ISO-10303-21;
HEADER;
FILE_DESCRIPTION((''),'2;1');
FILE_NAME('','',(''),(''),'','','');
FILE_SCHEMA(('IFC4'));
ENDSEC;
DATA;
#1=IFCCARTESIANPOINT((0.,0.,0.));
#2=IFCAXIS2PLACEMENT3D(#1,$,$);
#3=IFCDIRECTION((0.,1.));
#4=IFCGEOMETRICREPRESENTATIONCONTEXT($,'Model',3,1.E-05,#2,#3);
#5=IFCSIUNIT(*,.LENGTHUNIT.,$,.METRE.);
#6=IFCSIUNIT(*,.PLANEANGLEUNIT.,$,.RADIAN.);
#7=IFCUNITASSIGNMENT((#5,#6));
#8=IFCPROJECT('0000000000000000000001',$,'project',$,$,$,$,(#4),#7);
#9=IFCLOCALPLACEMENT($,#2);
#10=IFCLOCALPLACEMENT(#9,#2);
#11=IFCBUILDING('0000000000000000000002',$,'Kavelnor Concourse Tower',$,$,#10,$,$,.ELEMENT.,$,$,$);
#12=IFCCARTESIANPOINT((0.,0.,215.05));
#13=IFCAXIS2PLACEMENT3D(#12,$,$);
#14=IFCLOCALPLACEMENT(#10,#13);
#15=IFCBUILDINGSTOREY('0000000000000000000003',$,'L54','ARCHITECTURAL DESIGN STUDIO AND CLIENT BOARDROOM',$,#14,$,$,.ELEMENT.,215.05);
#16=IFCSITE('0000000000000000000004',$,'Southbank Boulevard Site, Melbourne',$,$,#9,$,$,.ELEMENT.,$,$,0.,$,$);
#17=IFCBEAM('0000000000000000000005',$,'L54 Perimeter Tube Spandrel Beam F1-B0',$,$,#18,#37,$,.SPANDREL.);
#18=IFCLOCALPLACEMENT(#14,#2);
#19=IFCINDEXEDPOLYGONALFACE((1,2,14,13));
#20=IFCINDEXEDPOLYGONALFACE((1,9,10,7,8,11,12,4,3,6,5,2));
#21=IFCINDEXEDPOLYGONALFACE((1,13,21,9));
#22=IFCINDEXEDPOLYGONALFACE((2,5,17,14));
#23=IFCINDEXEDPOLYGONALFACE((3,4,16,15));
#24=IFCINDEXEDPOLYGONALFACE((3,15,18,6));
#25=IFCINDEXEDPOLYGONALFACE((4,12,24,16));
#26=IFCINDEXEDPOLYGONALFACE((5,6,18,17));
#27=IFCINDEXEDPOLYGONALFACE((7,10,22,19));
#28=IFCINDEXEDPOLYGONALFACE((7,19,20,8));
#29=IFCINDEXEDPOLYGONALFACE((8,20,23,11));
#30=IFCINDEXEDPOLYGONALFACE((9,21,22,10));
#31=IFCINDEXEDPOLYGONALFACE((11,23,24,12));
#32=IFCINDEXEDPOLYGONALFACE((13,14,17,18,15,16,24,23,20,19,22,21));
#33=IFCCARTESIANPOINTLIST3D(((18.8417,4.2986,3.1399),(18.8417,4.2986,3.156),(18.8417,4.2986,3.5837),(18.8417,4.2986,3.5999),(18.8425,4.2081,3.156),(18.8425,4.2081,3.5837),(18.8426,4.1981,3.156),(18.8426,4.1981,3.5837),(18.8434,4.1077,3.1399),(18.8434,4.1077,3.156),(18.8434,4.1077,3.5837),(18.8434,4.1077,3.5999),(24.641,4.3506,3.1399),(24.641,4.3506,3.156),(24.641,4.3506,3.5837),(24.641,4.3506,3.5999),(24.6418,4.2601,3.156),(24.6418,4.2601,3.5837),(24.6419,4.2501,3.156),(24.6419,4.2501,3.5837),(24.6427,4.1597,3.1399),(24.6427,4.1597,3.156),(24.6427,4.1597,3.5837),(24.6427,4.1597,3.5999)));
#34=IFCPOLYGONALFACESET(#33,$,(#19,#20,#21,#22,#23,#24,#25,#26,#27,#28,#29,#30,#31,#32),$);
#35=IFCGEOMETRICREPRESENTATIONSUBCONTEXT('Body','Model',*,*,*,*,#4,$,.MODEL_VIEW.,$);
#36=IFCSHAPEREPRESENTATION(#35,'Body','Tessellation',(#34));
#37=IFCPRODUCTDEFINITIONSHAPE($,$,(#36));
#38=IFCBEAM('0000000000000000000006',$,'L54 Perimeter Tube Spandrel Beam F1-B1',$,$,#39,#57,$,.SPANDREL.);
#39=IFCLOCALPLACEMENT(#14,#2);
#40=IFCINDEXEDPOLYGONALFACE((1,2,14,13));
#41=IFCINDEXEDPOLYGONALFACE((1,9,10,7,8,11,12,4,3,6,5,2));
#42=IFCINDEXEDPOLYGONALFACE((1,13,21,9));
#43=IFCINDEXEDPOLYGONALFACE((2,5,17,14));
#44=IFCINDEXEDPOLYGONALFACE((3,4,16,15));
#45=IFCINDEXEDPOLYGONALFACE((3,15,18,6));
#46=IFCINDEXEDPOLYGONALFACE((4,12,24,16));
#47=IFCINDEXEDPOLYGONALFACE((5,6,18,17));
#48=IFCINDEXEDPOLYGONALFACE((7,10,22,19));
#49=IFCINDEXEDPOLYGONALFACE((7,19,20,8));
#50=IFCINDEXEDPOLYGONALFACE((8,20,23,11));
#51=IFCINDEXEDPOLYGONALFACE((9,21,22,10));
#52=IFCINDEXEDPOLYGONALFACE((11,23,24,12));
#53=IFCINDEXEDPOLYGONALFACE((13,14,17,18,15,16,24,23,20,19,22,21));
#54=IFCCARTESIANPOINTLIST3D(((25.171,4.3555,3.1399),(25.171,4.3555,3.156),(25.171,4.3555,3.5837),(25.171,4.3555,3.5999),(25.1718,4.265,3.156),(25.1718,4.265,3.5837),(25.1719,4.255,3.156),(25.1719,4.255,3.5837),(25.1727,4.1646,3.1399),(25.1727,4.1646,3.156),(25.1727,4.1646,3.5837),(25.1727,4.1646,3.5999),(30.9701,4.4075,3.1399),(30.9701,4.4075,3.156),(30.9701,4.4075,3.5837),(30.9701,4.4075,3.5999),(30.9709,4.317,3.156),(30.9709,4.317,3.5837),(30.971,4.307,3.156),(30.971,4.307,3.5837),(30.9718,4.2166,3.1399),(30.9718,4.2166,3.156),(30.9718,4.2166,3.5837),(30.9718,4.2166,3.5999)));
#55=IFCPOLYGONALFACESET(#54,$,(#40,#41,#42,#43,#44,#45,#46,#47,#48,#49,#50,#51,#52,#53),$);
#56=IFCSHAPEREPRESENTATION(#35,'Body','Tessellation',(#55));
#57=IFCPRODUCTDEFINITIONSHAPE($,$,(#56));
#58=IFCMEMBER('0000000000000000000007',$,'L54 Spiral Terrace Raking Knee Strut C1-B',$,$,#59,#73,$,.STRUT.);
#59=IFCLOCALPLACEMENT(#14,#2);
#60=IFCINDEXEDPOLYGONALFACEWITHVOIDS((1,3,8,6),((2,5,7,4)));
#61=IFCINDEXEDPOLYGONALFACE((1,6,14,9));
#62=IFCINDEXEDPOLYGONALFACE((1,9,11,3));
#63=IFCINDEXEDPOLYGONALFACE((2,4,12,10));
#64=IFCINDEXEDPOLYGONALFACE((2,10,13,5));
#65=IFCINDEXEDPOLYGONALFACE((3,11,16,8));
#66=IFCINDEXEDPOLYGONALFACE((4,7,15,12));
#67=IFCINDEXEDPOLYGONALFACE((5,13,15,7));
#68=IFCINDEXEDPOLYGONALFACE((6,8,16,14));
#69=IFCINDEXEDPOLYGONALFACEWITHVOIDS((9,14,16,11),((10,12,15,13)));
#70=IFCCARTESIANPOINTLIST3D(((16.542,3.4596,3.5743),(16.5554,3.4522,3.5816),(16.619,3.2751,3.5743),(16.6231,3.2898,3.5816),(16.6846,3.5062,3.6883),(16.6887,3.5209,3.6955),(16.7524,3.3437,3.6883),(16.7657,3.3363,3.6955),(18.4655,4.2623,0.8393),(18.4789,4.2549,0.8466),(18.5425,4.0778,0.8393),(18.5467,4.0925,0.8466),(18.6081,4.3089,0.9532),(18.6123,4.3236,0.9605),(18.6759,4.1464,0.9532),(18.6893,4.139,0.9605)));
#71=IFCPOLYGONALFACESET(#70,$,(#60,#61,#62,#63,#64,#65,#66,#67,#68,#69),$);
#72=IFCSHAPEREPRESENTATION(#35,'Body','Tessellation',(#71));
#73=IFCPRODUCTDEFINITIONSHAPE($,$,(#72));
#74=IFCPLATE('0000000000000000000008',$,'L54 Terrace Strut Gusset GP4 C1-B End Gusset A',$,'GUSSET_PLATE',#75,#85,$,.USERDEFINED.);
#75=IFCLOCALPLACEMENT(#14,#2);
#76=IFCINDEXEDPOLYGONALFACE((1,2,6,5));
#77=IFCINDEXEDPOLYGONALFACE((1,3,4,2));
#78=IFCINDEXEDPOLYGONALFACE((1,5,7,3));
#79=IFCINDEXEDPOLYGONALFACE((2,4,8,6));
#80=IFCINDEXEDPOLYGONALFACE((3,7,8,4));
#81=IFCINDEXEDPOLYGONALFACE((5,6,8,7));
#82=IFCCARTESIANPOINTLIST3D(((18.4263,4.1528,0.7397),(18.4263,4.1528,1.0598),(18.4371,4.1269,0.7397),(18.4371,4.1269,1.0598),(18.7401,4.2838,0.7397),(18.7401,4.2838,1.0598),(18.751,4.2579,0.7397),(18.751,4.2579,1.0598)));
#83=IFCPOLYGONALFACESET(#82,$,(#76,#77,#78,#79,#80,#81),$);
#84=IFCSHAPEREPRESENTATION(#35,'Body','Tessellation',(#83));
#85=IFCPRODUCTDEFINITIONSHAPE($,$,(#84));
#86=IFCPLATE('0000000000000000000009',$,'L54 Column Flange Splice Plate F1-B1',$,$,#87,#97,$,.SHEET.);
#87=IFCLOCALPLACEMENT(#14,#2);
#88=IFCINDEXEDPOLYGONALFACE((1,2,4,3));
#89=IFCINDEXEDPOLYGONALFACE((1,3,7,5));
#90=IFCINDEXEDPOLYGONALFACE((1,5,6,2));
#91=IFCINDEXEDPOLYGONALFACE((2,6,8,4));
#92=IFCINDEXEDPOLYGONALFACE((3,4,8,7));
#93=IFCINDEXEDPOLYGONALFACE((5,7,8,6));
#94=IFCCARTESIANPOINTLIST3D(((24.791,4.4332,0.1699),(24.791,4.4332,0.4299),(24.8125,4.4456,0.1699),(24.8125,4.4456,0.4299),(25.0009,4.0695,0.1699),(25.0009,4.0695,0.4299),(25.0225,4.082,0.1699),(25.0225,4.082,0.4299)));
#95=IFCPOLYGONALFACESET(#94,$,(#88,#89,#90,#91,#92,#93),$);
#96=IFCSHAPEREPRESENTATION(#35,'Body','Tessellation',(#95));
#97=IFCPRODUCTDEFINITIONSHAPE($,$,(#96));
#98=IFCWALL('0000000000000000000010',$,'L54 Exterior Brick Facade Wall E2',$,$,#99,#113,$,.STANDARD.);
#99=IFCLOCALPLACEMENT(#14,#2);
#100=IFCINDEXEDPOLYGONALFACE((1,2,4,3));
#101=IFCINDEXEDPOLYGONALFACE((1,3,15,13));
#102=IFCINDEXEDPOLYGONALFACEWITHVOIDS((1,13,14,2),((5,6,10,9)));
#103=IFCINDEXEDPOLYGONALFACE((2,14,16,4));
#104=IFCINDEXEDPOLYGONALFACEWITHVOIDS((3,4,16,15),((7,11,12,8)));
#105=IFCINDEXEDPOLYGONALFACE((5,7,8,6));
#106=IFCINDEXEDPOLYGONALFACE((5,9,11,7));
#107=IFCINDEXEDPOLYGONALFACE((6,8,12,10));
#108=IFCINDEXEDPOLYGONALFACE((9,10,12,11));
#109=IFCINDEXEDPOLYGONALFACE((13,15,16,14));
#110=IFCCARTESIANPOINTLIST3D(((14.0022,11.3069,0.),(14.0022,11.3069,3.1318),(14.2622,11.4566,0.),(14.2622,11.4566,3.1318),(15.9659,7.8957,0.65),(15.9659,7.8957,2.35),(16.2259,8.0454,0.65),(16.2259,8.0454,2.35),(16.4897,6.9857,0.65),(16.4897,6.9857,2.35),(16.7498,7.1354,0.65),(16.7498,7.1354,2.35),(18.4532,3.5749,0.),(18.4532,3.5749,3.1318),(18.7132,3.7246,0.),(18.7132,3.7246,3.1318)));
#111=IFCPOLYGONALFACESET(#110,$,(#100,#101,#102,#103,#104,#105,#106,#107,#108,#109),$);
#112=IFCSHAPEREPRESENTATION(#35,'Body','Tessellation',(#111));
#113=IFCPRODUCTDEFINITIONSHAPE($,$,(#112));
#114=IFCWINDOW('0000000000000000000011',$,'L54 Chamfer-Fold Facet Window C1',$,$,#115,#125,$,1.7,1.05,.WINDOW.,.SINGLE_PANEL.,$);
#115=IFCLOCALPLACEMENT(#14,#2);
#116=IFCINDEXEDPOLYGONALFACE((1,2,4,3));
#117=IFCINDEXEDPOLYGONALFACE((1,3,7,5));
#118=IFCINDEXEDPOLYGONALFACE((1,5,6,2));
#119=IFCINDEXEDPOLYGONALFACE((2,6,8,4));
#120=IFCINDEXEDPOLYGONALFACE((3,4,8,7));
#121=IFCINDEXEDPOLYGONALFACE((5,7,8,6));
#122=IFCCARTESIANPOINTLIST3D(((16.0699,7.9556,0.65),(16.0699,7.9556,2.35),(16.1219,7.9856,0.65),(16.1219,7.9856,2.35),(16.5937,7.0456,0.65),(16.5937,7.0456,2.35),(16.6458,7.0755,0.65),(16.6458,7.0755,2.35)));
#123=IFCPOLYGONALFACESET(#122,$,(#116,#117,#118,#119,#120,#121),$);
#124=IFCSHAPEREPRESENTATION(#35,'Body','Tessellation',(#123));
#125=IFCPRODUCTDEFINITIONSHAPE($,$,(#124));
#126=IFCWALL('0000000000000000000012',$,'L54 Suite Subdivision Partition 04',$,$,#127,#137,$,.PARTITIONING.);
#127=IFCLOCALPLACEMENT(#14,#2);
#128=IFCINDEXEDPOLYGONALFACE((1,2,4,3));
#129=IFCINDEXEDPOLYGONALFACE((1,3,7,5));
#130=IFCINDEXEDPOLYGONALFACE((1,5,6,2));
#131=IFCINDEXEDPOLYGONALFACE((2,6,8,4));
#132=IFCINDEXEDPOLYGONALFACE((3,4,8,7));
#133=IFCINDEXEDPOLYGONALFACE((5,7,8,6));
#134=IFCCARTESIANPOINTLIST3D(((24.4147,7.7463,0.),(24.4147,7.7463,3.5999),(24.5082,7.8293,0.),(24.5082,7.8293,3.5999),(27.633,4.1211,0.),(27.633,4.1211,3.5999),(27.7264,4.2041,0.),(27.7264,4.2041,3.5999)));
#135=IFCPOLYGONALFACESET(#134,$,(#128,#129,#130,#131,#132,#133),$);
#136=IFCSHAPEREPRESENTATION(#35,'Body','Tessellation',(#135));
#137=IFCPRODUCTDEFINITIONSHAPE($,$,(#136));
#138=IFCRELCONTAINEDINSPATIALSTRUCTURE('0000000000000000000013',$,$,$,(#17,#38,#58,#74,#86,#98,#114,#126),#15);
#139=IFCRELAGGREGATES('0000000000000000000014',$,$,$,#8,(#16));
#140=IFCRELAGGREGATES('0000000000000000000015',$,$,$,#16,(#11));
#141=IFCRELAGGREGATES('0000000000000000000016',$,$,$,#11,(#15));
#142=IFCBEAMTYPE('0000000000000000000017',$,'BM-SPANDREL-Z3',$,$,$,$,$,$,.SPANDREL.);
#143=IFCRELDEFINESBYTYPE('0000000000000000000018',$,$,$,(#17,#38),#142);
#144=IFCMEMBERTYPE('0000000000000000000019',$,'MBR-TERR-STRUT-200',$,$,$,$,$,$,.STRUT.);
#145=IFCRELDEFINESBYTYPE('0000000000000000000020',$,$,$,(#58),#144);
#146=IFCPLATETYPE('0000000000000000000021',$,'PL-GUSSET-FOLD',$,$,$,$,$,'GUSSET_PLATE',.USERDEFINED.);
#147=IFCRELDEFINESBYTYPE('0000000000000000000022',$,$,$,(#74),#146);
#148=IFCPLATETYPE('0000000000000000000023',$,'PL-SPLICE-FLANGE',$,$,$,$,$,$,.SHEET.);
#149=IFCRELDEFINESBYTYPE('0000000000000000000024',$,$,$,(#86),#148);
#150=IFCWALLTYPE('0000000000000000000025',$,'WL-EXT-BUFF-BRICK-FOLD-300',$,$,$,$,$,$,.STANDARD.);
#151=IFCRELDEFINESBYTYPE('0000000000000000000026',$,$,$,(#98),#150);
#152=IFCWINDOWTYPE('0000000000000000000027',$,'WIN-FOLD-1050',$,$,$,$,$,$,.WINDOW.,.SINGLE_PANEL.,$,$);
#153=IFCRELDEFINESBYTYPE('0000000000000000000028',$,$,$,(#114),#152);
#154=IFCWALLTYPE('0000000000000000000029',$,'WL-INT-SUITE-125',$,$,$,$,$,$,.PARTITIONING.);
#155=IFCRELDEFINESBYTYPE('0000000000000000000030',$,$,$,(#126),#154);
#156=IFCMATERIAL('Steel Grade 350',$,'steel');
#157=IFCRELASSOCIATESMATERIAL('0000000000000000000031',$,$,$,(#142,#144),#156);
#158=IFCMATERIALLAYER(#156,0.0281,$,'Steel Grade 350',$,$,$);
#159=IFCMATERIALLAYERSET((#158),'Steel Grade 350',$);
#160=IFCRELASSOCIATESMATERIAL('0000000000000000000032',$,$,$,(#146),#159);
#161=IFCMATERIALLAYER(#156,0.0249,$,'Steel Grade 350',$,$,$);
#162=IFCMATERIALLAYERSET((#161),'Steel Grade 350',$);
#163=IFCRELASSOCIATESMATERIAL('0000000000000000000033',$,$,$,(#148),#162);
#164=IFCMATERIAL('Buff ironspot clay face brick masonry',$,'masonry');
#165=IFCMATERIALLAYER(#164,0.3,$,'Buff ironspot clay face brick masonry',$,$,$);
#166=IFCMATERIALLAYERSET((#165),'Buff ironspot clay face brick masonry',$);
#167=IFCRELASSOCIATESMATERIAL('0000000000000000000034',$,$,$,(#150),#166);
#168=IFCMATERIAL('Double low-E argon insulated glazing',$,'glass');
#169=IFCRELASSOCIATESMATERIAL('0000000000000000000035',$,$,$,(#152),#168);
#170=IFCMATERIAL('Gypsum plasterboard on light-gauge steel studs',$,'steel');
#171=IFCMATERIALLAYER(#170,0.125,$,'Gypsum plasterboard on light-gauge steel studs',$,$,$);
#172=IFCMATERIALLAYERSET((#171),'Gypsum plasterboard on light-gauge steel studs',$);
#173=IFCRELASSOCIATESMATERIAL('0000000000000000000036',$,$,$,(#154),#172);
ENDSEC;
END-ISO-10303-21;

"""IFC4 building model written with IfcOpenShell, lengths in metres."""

from ifc_helpers import new_model, si_unit, direction, frame, frame_2d, origin, origin_2d, place, context, subcontext, project, spatial, rectangle, hollow_rectangle, i_section, extrude, material, layer, layer_set, material_profile, profile_set, type_object, element, fill, save


model = new_model("IFC4")

# Units and contexts
model_context = context("Model", 3, precision=1e-05, world=origin(), true_north=direction((0.0, 1.0)))
body_context = subcontext(model_context, "Body", "Model", "MODEL_VIEW")
ifc_project = project(units=[si_unit("LENGTHUNIT", "METRE"), si_unit("PLANEANGLEUNIT", "RADIAN")], contexts=[model_context])

# Site, building, storey
site_placement = place(None, origin())
site = spatial("IfcSite", under=ifc_project, at=site_placement, Name="Southbank Boulevard Site, Melbourne", CompositionType="ELEMENT", RefElevation=0.0)
building_placement = place(site_placement, origin())
building = spatial("IfcBuilding", under=site, at=building_placement, Name="Kavelnor Concourse Tower", CompositionType="ELEMENT")
storey_placement = place(building_placement, frame((0.0, 0.0, 215.05)))
storey = spatial("IfcBuildingStorey", under=building, at=storey_placement, Name="L54", Description="ARCHITECTURAL DESIGN STUDIO AND CLIENT BOARDROOM", CompositionType="ELEMENT", Elevation=215.05)

# Shared definitions
ifc_material_1 = material(Name="Steel Grade 350", Category="steel")

# Beams
ifc_material_profile_1 = material_profile(ifc_material_1, i_section(OverallWidth=0.1909, OverallDepth=0.46, WebThickness=0.01, FlangeThickness=0.0161, at=origin_2d()), Name="460UB82")
ifc_profile_set_1 = profile_set([ifc_material_profile_1], Name="Steel Grade 350")
beam_type_1 = type_object("IfcBeamType", Name="BM-SPANDREL-Z3", PredefinedType="SPANDREL", material=ifc_profile_set_1)
beam_1_placement = place(storey_placement, frame((18.8425, 4.2031, 3.3699), z_axis=(0.99996, 0.008967, 0.0), x_axis=(-0.008967, 0.99996, 0.0)))
element("IfcBeam", 1, at=beam_1_placement, inside=storey, type_object=beam_type_1, Name="L54 Perimeter Tube Spandrel Beam F1-B0", PredefinedType="SPANDREL", context=body_context, shape_type="SweptSolid", body=[
    extrude(i_section(OverallWidth=0.1909, OverallDepth=0.46, WebThickness=0.01, FlangeThickness=0.0161, at=origin_2d()), origin(), (0.0, 0.0, 1.0), 5.7996),
])
beam_2_placement = place(storey_placement, frame((25.1719, 4.26, 3.3699), z_axis=(0.99996, 0.008967, 0.0), x_axis=(-0.008967, 0.99996, 0.0)))
element("IfcBeam", 2, at=beam_2_placement, inside=storey, type_object=beam_type_1, Name="L54 Perimeter Tube Spandrel Beam F1-B1", PredefinedType="SPANDREL", context=body_context, shape_type="SweptSolid", body=[
    extrude(i_section(OverallWidth=0.1909, OverallDepth=0.46, WebThickness=0.01, FlangeThickness=0.0161, at=origin_2d()), origin(), (0.0, 0.0, 1.0), 5.7993),
])

# Member
ifc_material_profile_2 = material_profile(ifc_material_1, hollow_rectangle(XDim=0.2, YDim=0.2, WallThickness=0.012, at=origin_2d()), Name="SHS 200x200x12")
ifc_profile_set_2 = profile_set([ifc_material_profile_2], Name="Steel Grade 350")
member_type = type_object("IfcMemberType", Name="MBR-TERR-STRUT-200", PredefinedType="STRUT", material=ifc_profile_set_2)
member_placement = place(storey_placement, frame((18.5774, 4.2007, 0.8999), z_axis=(-0.559376, -0.233434, 0.795366), x_axis=(0.385123, -0.922865, 0.0)))
element("IfcMember", 3, at=member_placement, inside=storey, type_object=member_type, Name="L54 Spiral Terrace Raking Knee Strut C1-B", PredefinedType="STRUT", context=body_context, shape_type="SweptSolid", body=[
    extrude(hollow_rectangle(XDim=0.2, YDim=0.2, WallThickness=0.012, at=origin_2d()), origin(), (0.0, 0.0, 1.0), 3.4387),
])

# Plates
ifc_layer_1 = layer(ifc_material_1, 0.0281, Name="Steel Grade 350")
ifc_layer_set_1 = layer_set([ifc_layer_1], Name="Steel Grade 350")
plate_type_1 = type_object("IfcPlateType", Name="PL-GUSSET-FOLD", ElementType="GUSSET_PLATE", PredefinedType="USERDEFINED", material=ifc_layer_set_1)
plate_1_placement = place(storey_placement, frame((18.5886, 4.2053, 0.7397), z_axis=(0.0, 0.0, 1.0), x_axis=(-0.922875, -0.385101, 0.0)))
element("IfcPlate", 4, at=plate_1_placement, inside=storey, type_object=plate_type_1, Name="L54 Terrace Strut Gusset GP4 C1-B End Gusset A", ObjectType="GUSSET_PLATE", PredefinedType="USERDEFINED", context=body_context, shape_type="SweptSolid", body=[
    extrude(rectangle(XDim=0.3401, YDim=0.0281, at=origin_2d()), origin(), (0.0, 0.0, 1.0), 0.3201),
])
ifc_layer_2 = layer(ifc_material_1, 0.0249, Name="Steel Grade 350")
ifc_layer_set_2 = layer_set([ifc_layer_2], Name="Steel Grade 350")
plate_type_2 = type_object("IfcPlateType", Name="PL-SPLICE-FLANGE", PredefinedType="SHEET", material=ifc_layer_set_2)
plate_2_placement = place(storey_placement, frame((24.9067, 4.2576, 0.1699), z_axis=(0.0, 0.0, 1.0), x_axis=(-0.5, 0.866025, 0.0)))
element("IfcPlate", 5, at=plate_2_placement, inside=storey, type_object=plate_type_2, Name="L54 Column Flange Splice Plate F1-B1", PredefinedType="SHEET", context=body_context, shape_type="SweptSolid", body=[
    extrude(rectangle(XDim=0.4199, YDim=0.0249, at=origin_2d()), origin(), (0.0, 0.0, 1.0), 0.26),
])

# Wall, opening, window
ifc_material_2 = material(Name="Buff ironspot clay face brick masonry", Category="masonry")
ifc_layer_3 = layer(ifc_material_2, 0.3, Name="Buff ironspot clay face brick masonry")
ifc_layer_set_3 = layer_set([ifc_layer_3], Name="Buff ironspot clay face brick masonry")
wall_type_1 = type_object("IfcWallType", Name="WL-EXT-BUFF-BRICK-FOLD-300", PredefinedType="STANDARD", material=ifc_layer_set_3)
wall_1_placement = place(storey_placement, frame((18.5833, 3.6497, 0.0), z_axis=(0.0, 0.0, 1.0), x_axis=(-0.498898, 0.866661, 0.0)))
wall_1 = element("IfcWall", 6, at=wall_1_placement, inside=storey, type_object=wall_type_1, Name="L54 Exterior Brick Facade Wall E2", PredefinedType="STANDARD", context=body_context, shape_type="SweptSolid", body=[
    extrude(rectangle(XDim=8.9216, YDim=0.3, at=frame_2d((4.4609, 0.0))), origin(), (0.0, 0.0, 1.0), 3.1318),
])
opening_placement = place(wall_1_placement, frame((3.9358, 0.0, 0.6499)))
opening = element("IfcOpeningElement", 7, at=opening_placement, cuts=wall_1, PredefinedType="OPENING", context=body_context, shape_type="SweptSolid", body=[
    extrude(rectangle(XDim=1.05, YDim=1.7, at=frame_2d((0.5249, 0.8501))), frame((0.0, 0.1602, 0.0), z_axis=(0.0, -1.0, 0.0), x_axis=(1.0, 0.0, 0.0)), (0.0, 0.0, 1.0), 0.3201),
])
ifc_material_3 = material(Name="Double low-E argon insulated glazing", Category="glass")
window_type = type_object("IfcWindowType", Name="WIN-FOLD-1050", PartitioningType="SINGLE_PANEL", PredefinedType="WINDOW", material=ifc_material_3)
window_placement = place(opening_placement, origin())
window = element("IfcWindow", 8, at=window_placement, inside=storey, type_object=window_type, Name="L54 Chamfer-Fold Facet Window C1", OverallHeight=1.7, OverallWidth=1.05, PartitioningType="SINGLE_PANEL", PredefinedType="WINDOW", context=body_context, shape_type="SweptSolid", body=[
    extrude(rectangle(XDim=1.05, YDim=1.7, at=frame_2d((0.5249, 0.8501))), frame((0.0, 0.03, 0.0), z_axis=(0.0, -1.0, 0.0), x_axis=(1.0, 0.0, 0.0)), (0.0, 0.0, 1.0), 0.0601),
])
fill(opening, window)

# Wall
ifc_material_4 = material(Name="Gypsum plasterboard on light-gauge steel studs", Category="steel")
ifc_layer_4 = layer(ifc_material_4, 0.125, Name="Gypsum plasterboard on light-gauge steel studs")
ifc_layer_set_4 = layer_set([ifc_layer_4], Name="Gypsum plasterboard on light-gauge steel studs")
wall_type_2 = type_object("IfcWallType", Name="WL-INT-SUITE-125", PredefinedType="PARTITIONING", material=ifc_layer_set_4)
wall_2_placement = place(storey_placement, frame((24.4614, 7.7878, 0.0), z_axis=(0.0, 0.0, 1.0), x_axis=(0.663882, -0.747837, 0.0)))
element("IfcWall", 9, at=wall_2_placement, inside=storey, type_object=wall_type_2, Name="L54 Suite Subdivision Partition 04", PredefinedType="PARTITIONING", context=body_context, shape_type="SweptSolid", body=[
    extrude(rectangle(XDim=4.8477, YDim=0.125, at=frame_2d((2.4238, 0.0))), origin(), (0.0, 0.0, 1.0), 3.5999),
])

save(model, "model.ifc")
